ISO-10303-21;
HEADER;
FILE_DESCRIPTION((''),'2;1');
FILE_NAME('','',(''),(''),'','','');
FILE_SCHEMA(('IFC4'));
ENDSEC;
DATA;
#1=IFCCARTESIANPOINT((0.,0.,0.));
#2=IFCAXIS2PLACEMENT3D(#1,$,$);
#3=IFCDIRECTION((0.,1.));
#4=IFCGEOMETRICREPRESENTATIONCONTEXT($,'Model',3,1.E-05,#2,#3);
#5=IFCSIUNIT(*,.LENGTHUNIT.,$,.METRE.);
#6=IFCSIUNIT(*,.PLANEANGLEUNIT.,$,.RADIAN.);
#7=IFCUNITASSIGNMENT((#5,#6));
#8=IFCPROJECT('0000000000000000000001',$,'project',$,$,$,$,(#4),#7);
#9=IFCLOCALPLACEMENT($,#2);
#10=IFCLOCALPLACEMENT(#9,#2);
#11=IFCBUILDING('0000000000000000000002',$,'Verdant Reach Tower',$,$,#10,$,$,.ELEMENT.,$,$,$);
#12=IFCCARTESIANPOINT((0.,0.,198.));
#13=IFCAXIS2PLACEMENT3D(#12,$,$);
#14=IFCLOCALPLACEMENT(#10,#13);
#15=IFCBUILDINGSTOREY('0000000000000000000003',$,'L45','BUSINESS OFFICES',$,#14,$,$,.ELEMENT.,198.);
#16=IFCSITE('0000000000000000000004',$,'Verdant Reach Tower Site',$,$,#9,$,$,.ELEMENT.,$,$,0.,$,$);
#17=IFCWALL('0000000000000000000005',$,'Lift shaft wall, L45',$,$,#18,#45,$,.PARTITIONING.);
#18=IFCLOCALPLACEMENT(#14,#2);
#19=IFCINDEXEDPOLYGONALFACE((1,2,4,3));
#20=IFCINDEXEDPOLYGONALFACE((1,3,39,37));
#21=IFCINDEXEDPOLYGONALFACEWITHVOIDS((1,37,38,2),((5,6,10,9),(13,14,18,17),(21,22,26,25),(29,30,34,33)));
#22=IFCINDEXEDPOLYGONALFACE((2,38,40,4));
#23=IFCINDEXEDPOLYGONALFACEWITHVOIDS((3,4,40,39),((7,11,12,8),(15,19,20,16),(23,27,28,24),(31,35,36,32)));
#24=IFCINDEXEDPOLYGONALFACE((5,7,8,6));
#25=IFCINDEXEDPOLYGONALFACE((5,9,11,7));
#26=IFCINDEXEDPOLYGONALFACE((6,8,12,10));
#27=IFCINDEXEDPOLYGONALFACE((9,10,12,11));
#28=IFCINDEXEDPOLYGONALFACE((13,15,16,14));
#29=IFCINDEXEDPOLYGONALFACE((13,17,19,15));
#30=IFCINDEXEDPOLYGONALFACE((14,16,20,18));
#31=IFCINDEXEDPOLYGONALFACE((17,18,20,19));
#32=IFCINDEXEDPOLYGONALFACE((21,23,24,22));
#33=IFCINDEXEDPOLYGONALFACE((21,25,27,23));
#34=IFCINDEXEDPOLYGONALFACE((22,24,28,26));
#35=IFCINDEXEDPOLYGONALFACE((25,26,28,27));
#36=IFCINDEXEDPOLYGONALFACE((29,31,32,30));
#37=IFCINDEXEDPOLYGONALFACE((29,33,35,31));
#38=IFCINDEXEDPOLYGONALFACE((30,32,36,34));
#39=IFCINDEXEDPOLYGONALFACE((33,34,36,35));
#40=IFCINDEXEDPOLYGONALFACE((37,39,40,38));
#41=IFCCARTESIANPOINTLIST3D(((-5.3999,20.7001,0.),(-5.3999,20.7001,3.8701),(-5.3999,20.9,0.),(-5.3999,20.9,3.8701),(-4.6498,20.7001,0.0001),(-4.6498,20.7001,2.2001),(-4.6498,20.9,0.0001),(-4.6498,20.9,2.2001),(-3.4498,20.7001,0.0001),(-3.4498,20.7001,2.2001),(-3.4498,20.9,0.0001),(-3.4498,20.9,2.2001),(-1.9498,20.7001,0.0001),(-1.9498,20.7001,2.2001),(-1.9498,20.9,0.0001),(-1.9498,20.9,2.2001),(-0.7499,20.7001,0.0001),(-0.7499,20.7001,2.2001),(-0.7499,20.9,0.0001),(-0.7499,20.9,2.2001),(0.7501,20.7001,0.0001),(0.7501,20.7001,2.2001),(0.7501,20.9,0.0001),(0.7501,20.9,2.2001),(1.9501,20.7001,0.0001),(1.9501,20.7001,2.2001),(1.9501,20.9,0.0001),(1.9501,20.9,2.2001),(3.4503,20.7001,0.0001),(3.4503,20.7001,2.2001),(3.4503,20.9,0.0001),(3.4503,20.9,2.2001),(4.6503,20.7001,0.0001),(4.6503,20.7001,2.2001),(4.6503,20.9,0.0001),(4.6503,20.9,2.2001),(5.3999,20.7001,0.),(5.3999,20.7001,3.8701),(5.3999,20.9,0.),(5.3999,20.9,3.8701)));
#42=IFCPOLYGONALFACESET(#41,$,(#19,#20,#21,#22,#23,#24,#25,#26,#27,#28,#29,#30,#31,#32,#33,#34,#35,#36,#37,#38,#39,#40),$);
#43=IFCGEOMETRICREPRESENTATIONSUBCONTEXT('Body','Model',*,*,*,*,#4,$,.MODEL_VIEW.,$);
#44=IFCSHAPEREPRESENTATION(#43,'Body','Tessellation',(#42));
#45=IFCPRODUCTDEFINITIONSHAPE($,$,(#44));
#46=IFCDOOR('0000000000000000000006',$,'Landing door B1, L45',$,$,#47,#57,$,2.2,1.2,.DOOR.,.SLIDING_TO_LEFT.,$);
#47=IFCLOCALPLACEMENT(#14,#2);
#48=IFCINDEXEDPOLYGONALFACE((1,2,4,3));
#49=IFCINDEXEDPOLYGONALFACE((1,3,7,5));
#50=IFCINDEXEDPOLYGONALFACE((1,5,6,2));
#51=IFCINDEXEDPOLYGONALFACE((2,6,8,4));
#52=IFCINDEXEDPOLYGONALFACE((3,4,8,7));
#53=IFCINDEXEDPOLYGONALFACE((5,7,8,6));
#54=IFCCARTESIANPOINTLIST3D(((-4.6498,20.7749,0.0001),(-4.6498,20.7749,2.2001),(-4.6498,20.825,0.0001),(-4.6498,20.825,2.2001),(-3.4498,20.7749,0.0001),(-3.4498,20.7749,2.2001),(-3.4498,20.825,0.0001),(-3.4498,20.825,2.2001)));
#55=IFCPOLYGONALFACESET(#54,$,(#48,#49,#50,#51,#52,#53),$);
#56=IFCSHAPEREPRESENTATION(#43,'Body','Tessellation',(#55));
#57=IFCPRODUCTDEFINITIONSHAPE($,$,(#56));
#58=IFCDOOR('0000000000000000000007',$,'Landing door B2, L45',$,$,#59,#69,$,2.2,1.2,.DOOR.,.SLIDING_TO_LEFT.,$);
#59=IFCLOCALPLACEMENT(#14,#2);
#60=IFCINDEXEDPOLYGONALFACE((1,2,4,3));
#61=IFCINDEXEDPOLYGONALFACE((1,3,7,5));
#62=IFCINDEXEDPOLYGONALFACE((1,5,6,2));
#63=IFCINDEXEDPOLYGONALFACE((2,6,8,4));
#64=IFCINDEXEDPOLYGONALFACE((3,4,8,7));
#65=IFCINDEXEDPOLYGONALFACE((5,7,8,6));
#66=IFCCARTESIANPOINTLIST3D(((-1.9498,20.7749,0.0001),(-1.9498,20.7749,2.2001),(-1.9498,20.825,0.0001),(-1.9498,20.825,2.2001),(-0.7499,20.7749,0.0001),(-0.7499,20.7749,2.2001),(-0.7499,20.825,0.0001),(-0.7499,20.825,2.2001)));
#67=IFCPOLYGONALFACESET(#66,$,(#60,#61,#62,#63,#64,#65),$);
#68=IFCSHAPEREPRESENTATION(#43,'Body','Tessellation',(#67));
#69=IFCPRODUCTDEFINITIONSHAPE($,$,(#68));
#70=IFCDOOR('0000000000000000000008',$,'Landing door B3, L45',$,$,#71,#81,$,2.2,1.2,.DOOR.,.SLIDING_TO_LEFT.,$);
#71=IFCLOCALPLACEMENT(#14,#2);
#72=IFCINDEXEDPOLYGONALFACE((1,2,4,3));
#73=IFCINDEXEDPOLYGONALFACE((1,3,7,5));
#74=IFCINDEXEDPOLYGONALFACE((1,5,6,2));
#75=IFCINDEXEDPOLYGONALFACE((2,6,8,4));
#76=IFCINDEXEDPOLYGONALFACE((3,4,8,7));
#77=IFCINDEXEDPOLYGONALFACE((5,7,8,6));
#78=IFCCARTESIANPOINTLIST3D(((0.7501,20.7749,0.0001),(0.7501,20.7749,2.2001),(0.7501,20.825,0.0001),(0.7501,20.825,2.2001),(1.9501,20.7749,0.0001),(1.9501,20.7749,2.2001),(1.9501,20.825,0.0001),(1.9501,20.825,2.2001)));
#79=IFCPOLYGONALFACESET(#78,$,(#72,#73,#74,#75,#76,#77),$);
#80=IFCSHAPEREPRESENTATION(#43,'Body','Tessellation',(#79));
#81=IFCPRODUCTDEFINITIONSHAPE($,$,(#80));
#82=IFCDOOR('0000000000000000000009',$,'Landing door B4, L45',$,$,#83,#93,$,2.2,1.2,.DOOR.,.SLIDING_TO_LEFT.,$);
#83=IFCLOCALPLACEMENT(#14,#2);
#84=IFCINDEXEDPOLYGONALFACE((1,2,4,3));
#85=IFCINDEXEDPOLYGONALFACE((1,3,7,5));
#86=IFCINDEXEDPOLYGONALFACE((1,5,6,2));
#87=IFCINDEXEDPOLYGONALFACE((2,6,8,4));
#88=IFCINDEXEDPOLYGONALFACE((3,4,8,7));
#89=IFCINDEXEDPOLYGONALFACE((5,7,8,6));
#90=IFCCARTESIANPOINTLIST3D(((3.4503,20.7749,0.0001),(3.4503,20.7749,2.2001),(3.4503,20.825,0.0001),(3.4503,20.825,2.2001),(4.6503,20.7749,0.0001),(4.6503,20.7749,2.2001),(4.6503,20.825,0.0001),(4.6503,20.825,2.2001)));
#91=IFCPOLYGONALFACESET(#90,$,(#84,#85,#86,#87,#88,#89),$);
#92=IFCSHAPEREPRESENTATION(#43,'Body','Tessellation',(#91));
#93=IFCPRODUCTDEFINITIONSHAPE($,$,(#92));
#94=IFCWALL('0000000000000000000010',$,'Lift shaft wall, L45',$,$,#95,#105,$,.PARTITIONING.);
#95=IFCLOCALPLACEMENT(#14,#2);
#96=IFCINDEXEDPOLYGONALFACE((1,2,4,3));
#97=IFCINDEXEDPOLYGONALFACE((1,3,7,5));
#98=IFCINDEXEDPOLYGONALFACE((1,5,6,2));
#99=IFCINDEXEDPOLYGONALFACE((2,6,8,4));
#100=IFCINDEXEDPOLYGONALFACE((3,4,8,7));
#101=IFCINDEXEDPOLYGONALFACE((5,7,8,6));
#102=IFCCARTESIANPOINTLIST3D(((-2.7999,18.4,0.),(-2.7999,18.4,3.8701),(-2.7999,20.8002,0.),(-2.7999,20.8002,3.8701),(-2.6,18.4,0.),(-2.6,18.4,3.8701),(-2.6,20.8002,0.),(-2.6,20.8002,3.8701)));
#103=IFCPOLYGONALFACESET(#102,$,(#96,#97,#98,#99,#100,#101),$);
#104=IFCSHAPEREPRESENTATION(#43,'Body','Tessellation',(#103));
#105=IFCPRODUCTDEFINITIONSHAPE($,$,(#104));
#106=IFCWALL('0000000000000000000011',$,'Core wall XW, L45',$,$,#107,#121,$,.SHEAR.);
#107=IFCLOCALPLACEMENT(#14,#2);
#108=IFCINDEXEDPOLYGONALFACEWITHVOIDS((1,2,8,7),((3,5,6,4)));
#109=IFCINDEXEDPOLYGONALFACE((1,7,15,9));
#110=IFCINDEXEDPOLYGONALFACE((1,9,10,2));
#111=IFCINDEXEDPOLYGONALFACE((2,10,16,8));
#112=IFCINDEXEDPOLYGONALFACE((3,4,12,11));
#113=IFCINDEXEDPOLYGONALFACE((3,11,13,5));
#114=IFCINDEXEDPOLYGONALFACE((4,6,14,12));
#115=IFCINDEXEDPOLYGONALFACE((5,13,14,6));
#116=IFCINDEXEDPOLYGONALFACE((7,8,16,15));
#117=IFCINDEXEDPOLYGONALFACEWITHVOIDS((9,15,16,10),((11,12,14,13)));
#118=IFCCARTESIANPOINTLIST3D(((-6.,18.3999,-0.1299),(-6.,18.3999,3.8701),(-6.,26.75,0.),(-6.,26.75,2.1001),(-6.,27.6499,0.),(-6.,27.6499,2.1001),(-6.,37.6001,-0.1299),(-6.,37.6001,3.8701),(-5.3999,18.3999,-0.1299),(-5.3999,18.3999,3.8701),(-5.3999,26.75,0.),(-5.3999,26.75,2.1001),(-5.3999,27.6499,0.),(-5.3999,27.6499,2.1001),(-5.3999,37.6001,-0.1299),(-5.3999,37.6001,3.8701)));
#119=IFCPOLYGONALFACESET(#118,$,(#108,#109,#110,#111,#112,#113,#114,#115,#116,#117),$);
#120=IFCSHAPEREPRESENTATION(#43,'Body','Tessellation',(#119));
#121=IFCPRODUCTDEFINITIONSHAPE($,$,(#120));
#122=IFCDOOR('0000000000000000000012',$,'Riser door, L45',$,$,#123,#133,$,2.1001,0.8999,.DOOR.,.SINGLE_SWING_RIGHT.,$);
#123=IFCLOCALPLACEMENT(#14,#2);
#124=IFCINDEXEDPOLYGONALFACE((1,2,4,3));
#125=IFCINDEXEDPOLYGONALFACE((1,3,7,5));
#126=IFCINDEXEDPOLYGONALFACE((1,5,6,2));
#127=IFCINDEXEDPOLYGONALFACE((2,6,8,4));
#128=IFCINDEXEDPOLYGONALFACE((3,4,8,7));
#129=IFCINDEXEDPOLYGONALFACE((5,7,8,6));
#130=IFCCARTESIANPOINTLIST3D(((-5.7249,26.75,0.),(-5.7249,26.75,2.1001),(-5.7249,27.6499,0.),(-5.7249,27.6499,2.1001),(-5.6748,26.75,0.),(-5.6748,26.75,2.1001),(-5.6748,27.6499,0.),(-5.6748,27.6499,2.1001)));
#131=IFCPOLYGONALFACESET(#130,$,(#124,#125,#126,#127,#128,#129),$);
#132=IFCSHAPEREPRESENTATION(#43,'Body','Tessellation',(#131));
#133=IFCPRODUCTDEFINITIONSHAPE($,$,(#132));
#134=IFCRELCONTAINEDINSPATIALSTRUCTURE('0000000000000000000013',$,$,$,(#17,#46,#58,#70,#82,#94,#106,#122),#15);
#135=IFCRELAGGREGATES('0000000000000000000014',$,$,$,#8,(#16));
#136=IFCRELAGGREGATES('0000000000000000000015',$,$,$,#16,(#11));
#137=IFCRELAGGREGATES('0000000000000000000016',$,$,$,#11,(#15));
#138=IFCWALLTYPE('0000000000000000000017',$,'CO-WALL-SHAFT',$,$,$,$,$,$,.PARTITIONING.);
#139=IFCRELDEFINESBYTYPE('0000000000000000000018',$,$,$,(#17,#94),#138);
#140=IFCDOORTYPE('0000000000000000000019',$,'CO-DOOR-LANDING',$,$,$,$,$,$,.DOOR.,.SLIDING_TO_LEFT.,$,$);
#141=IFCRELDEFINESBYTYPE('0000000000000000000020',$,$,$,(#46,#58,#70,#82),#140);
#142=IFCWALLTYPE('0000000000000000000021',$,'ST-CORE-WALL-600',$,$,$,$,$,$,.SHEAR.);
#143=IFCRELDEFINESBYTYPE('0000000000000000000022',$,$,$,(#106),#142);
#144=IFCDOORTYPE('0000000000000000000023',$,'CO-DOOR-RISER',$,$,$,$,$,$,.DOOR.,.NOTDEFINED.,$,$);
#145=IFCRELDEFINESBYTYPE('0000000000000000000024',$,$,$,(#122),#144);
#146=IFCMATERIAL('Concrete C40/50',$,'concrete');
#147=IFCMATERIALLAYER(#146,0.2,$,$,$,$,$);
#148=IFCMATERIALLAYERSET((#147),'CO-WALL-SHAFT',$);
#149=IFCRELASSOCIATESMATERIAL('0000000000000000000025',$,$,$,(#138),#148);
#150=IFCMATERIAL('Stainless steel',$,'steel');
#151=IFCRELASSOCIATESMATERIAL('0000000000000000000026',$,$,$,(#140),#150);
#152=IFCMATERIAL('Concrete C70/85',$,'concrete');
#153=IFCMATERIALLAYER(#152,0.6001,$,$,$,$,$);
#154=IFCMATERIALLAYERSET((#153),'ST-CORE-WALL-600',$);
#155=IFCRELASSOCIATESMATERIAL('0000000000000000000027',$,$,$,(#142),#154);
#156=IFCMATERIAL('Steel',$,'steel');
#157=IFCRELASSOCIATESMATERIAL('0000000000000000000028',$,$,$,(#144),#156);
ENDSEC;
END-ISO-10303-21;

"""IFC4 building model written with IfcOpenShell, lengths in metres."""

from ifc_helpers import new_model, si_unit, direction, frame, frame_2d, origin, place, context, subcontext, project, spatial, rectangle, extrude, material, layer, layer_set, type_object, element, fill, save


model = new_model("IFC4")

# Units and contexts
model_context = context("Model", 3, precision=1e-05, world=origin(), true_north=direction((0.0, 1.0)))
body_context = subcontext(model_context, "Body", "Model", "MODEL_VIEW")
ifc_project = project(units=[si_unit("LENGTHUNIT", "METRE"), si_unit("PLANEANGLEUNIT", "RADIAN")], contexts=[model_context])

# Site, building, storey
site_placement = place(None, origin())
site = spatial("IfcSite", under=ifc_project, at=site_placement, Name="Verdant Reach Tower Site", CompositionType="ELEMENT", RefElevation=0.0)
building_placement = place(site_placement, origin())
building = spatial("IfcBuilding", under=site, at=building_placement, Name="Verdant Reach Tower", CompositionType="ELEMENT")
storey_placement = place(building_placement, frame((0.0, 0.0, 198.0)))
storey = spatial("IfcBuildingStorey", under=building, at=storey_placement, Name="L45", Description="BUSINESS OFFICES", CompositionType="ELEMENT", Elevation=198.0)

# Wall, openings, doors
ifc_material_1 = material(Name="Concrete C40/50", Category="concrete")
ifc_layer_1 = layer(ifc_material_1, 0.2)
ifc_layer_set_1 = layer_set([ifc_layer_1], Name="CO-WALL-SHAFT")
wall_type_1 = type_object("IfcWallType", Name="CO-WALL-SHAFT", PredefinedType="PARTITIONING", material=ifc_layer_set_1)
wall_1_placement = place(storey_placement, frame((-5.3999, 20.8, 0.0), z_axis=(0.0, 0.0, 1.0), x_axis=(1.0, 0.0, 0.0)))
wall_1 = element("IfcWall", 1, at=wall_1_placement, inside=storey, type_object=wall_type_1, Name="Lift shaft wall, L45", PredefinedType="PARTITIONING", context=body_context, shape_type="SweptSolid", body=[
    extrude(rectangle(XDim=10.7998, YDim=0.2, at=frame_2d((5.3999, 0.0))), origin(), (0.0, 0.0, 1.0), 3.8701),
])
opening_1_placement = place(wall_1_placement, frame((0.75, 0.0, 0.0)))
opening_1 = element("IfcOpeningElement", 2, at=opening_1_placement, cuts=wall_1, PredefinedType="OPENING", context=body_context, shape_type="SweptSolid", body=[
    extrude(rectangle(XDim=1.2, YDim=2.2, at=frame_2d((0.6001, 1.1001))), frame((0.0, 0.1099, 0.0), z_axis=(0.0, -1.0, 0.0), x_axis=(1.0, 0.0, 0.0)), (0.0, 0.0, 1.0), 0.22),
])
opening_2_placement = place(wall_1_placement, frame((3.45, 0.0, 0.0)))
opening_2 = element("IfcOpeningElement", 3, at=opening_2_placement, cuts=wall_1, PredefinedType="OPENING", context=body_context, shape_type="SweptSolid", body=[
    extrude(rectangle(XDim=1.2, YDim=2.2, at=frame_2d((0.6001, 1.1001))), frame((0.0, 0.1099, 0.0), z_axis=(0.0, -1.0, 0.0), x_axis=(1.0, 0.0, 0.0)), (0.0, 0.0, 1.0), 0.22),
])
opening_3_placement = place(wall_1_placement, frame((6.1499, 0.0, 0.0)))
opening_3 = element("IfcOpeningElement", 4, at=opening_3_placement, cuts=wall_1, PredefinedType="OPENING", context=body_context, shape_type="SweptSolid", body=[
    extrude(rectangle(XDim=1.2, YDim=2.2, at=frame_2d((0.6001, 1.1001))), frame((0.0, 0.1099, 0.0), z_axis=(0.0, -1.0, 0.0), x_axis=(1.0, 0.0, 0.0)), (0.0, 0.0, 1.0), 0.22),
])
opening_4_placement = place(wall_1_placement, frame((8.8501, 0.0, 0.0)))
opening_4 = element("IfcOpeningElement", 5, at=opening_4_placement, cuts=wall_1, PredefinedType="OPENING", context=body_context, shape_type="SweptSolid", body=[
    extrude(rectangle(XDim=1.2, YDim=2.2, at=frame_2d((0.6001, 1.1001))), frame((0.0, 0.1099, 0.0), z_axis=(0.0, -1.0, 0.0), x_axis=(1.0, 0.0, 0.0)), (0.0, 0.0, 1.0), 0.22),
])
ifc_material_2 = material(Name="Stainless steel", Category="steel")
door_type_1 = type_object("IfcDoorType", Name="CO-DOOR-LANDING", OperationType="SLIDING_TO_LEFT", PredefinedType="DOOR", material=ifc_material_2)
door_1_placement = place(opening_1_placement, origin())
door_1 = element("IfcDoor", 6, at=door_1_placement, inside=storey, type_object=door_type_1, Name="Landing door B1, L45", OperationType="SLIDING_TO_LEFT", OverallHeight=2.2, OverallWidth=1.2, PredefinedType="DOOR", context=body_context, shape_type="SweptSolid", body=[
    extrude(rectangle(XDim=1.2, YDim=2.2, at=frame_2d((0.6001, 1.1001))), frame((0.0, 0.0249, 0.0), z_axis=(0.0, -1.0, 0.0), x_axis=(1.0, 0.0, 0.0)), (0.0, 0.0, 1.0), 0.05),
])
fill(opening_1, door_1)
door_2_placement = place(opening_2_placement, origin())
door_2 = element("IfcDoor", 7, at=door_2_placement, inside=storey, type_object=door_type_1, Name="Landing door B2, L45", OperationType="SLIDING_TO_LEFT", OverallHeight=2.2, OverallWidth=1.2, PredefinedType="DOOR", context=body_context, shape_type="SweptSolid", body=[
    extrude(rectangle(XDim=1.2, YDim=2.2, at=frame_2d((0.6001, 1.1001))), frame((0.0, 0.0249, 0.0), z_axis=(0.0, -1.0, 0.0), x_axis=(1.0, 0.0, 0.0)), (0.0, 0.0, 1.0), 0.05),
])
fill(opening_2, door_2)
door_3_placement = place(opening_3_placement, origin())
door_3 = element("IfcDoor", 8, at=door_3_placement, inside=storey, type_object=door_type_1, Name="Landing door B3, L45", OperationType="SLIDING_TO_LEFT", OverallHeight=2.2, OverallWidth=1.2, PredefinedType="DOOR", context=body_context, shape_type="SweptSolid", body=[
    extrude(rectangle(XDim=1.2, YDim=2.2, at=frame_2d((0.6001, 1.1001))), frame((0.0, 0.0249, 0.0), z_axis=(0.0, -1.0, 0.0), x_axis=(1.0, 0.0, 0.0)), (0.0, 0.0, 1.0), 0.05),
])
fill(opening_3, door_3)
door_4_placement = place(opening_4_placement, origin())
door_4 = element("IfcDoor", 9, at=door_4_placement, inside=storey, type_object=door_type_1, Name="Landing door B4, L45", OperationType="SLIDING_TO_LEFT", OverallHeight=2.2, OverallWidth=1.2, PredefinedType="DOOR", context=body_context, shape_type="SweptSolid", body=[
    extrude(rectangle(XDim=1.2, YDim=2.2, at=frame_2d((0.6001, 1.1001))), frame((0.0, 0.0249, 0.0), z_axis=(0.0, -1.0, 0.0), x_axis=(1.0, 0.0, 0.0)), (0.0, 0.0, 1.0), 0.05),
])
fill(opening_4, door_4)

# Wall
wall_2_placement = place(storey_placement, frame((-2.7, 18.3999, 0.0), z_axis=(0.0, 0.0, 1.0), x_axis=(0.0, 1.0, 0.0)))
element("IfcWall", 10, at=wall_2_placement, inside=storey, type_object=wall_type_1, Name="Lift shaft wall, L45", PredefinedType="PARTITIONING", context=body_context, shape_type="SweptSolid", body=[
    extrude(rectangle(XDim=2.4001, YDim=0.2, at=frame_2d((1.2002, 0.0))), origin(), (0.0, 0.0, 1.0), 3.8701),
])

# Wall, opening, door
ifc_material_3 = material(Name="Concrete C70/85", Category="concrete")
ifc_layer_2 = layer(ifc_material_3, 0.6001)
ifc_layer_set_2 = layer_set([ifc_layer_2], Name="ST-CORE-WALL-600")
wall_type_2 = type_object("IfcWallType", Name="ST-CORE-WALL-600", PredefinedType="SHEAR", material=ifc_layer_set_2)
wall_3_placement = place(storey_placement, frame((-5.7, 18.3999, -0.1299), z_axis=(0.0, 0.0, 1.0), x_axis=(0.0, 1.0, 0.0)))
wall_3 = element("IfcWall", 11, at=wall_3_placement, inside=storey, type_object=wall_type_2, Name="Core wall XW, L45", PredefinedType="SHEAR", context=body_context, shape_type="SweptSolid", body=[
    extrude(rectangle(XDim=19.2002, YDim=0.6001, at=frame_2d((9.6001, 0.0))), origin(), (0.0, 0.0, 1.0), 4.0),
])
opening_5_placement = place(wall_3_placement, frame((8.3501, 0.0, 0.1299)))
opening_5 = element("IfcOpeningElement", 12, at=opening_5_placement, cuts=wall_3, PredefinedType="OPENING", context=body_context, shape_type="SweptSolid", body=[
    extrude(rectangle(XDim=0.8999, YDim=2.1001, at=frame_2d((0.45, 1.05))), frame((0.0, 0.3101, 0.0), z_axis=(0.0, -1.0, 0.0), x_axis=(1.0, 0.0, 0.0)), (0.0, 0.0, 1.0), 0.6201),
])
ifc_material_4 = material(Name="Steel", Category="steel")
door_type_2 = type_object("IfcDoorType", Name="CO-DOOR-RISER", OperationType="NOTDEFINED", PredefinedType="DOOR", material=ifc_material_4)
door_5_placement = place(opening_5_placement, origin())
door_5 = element("IfcDoor", 13, at=door_5_placement, inside=storey, type_object=door_type_2, Name="Riser door, L45", OperationType="SINGLE_SWING_RIGHT", OverallHeight=2.1001, OverallWidth=0.8999, PredefinedType="DOOR", context=body_context, shape_type="SweptSolid", body=[
    extrude(rectangle(XDim=0.8999, YDim=2.1001, at=frame_2d((0.45, 1.05))), frame((0.0, 0.0249, 0.0), z_axis=(0.0, -1.0, 0.0), x_axis=(1.0, 0.0, 0.0)), (0.0, 0.0, 1.0), 0.05),
])
fill(opening_5, door_5)

save(model, "model.ifc")
